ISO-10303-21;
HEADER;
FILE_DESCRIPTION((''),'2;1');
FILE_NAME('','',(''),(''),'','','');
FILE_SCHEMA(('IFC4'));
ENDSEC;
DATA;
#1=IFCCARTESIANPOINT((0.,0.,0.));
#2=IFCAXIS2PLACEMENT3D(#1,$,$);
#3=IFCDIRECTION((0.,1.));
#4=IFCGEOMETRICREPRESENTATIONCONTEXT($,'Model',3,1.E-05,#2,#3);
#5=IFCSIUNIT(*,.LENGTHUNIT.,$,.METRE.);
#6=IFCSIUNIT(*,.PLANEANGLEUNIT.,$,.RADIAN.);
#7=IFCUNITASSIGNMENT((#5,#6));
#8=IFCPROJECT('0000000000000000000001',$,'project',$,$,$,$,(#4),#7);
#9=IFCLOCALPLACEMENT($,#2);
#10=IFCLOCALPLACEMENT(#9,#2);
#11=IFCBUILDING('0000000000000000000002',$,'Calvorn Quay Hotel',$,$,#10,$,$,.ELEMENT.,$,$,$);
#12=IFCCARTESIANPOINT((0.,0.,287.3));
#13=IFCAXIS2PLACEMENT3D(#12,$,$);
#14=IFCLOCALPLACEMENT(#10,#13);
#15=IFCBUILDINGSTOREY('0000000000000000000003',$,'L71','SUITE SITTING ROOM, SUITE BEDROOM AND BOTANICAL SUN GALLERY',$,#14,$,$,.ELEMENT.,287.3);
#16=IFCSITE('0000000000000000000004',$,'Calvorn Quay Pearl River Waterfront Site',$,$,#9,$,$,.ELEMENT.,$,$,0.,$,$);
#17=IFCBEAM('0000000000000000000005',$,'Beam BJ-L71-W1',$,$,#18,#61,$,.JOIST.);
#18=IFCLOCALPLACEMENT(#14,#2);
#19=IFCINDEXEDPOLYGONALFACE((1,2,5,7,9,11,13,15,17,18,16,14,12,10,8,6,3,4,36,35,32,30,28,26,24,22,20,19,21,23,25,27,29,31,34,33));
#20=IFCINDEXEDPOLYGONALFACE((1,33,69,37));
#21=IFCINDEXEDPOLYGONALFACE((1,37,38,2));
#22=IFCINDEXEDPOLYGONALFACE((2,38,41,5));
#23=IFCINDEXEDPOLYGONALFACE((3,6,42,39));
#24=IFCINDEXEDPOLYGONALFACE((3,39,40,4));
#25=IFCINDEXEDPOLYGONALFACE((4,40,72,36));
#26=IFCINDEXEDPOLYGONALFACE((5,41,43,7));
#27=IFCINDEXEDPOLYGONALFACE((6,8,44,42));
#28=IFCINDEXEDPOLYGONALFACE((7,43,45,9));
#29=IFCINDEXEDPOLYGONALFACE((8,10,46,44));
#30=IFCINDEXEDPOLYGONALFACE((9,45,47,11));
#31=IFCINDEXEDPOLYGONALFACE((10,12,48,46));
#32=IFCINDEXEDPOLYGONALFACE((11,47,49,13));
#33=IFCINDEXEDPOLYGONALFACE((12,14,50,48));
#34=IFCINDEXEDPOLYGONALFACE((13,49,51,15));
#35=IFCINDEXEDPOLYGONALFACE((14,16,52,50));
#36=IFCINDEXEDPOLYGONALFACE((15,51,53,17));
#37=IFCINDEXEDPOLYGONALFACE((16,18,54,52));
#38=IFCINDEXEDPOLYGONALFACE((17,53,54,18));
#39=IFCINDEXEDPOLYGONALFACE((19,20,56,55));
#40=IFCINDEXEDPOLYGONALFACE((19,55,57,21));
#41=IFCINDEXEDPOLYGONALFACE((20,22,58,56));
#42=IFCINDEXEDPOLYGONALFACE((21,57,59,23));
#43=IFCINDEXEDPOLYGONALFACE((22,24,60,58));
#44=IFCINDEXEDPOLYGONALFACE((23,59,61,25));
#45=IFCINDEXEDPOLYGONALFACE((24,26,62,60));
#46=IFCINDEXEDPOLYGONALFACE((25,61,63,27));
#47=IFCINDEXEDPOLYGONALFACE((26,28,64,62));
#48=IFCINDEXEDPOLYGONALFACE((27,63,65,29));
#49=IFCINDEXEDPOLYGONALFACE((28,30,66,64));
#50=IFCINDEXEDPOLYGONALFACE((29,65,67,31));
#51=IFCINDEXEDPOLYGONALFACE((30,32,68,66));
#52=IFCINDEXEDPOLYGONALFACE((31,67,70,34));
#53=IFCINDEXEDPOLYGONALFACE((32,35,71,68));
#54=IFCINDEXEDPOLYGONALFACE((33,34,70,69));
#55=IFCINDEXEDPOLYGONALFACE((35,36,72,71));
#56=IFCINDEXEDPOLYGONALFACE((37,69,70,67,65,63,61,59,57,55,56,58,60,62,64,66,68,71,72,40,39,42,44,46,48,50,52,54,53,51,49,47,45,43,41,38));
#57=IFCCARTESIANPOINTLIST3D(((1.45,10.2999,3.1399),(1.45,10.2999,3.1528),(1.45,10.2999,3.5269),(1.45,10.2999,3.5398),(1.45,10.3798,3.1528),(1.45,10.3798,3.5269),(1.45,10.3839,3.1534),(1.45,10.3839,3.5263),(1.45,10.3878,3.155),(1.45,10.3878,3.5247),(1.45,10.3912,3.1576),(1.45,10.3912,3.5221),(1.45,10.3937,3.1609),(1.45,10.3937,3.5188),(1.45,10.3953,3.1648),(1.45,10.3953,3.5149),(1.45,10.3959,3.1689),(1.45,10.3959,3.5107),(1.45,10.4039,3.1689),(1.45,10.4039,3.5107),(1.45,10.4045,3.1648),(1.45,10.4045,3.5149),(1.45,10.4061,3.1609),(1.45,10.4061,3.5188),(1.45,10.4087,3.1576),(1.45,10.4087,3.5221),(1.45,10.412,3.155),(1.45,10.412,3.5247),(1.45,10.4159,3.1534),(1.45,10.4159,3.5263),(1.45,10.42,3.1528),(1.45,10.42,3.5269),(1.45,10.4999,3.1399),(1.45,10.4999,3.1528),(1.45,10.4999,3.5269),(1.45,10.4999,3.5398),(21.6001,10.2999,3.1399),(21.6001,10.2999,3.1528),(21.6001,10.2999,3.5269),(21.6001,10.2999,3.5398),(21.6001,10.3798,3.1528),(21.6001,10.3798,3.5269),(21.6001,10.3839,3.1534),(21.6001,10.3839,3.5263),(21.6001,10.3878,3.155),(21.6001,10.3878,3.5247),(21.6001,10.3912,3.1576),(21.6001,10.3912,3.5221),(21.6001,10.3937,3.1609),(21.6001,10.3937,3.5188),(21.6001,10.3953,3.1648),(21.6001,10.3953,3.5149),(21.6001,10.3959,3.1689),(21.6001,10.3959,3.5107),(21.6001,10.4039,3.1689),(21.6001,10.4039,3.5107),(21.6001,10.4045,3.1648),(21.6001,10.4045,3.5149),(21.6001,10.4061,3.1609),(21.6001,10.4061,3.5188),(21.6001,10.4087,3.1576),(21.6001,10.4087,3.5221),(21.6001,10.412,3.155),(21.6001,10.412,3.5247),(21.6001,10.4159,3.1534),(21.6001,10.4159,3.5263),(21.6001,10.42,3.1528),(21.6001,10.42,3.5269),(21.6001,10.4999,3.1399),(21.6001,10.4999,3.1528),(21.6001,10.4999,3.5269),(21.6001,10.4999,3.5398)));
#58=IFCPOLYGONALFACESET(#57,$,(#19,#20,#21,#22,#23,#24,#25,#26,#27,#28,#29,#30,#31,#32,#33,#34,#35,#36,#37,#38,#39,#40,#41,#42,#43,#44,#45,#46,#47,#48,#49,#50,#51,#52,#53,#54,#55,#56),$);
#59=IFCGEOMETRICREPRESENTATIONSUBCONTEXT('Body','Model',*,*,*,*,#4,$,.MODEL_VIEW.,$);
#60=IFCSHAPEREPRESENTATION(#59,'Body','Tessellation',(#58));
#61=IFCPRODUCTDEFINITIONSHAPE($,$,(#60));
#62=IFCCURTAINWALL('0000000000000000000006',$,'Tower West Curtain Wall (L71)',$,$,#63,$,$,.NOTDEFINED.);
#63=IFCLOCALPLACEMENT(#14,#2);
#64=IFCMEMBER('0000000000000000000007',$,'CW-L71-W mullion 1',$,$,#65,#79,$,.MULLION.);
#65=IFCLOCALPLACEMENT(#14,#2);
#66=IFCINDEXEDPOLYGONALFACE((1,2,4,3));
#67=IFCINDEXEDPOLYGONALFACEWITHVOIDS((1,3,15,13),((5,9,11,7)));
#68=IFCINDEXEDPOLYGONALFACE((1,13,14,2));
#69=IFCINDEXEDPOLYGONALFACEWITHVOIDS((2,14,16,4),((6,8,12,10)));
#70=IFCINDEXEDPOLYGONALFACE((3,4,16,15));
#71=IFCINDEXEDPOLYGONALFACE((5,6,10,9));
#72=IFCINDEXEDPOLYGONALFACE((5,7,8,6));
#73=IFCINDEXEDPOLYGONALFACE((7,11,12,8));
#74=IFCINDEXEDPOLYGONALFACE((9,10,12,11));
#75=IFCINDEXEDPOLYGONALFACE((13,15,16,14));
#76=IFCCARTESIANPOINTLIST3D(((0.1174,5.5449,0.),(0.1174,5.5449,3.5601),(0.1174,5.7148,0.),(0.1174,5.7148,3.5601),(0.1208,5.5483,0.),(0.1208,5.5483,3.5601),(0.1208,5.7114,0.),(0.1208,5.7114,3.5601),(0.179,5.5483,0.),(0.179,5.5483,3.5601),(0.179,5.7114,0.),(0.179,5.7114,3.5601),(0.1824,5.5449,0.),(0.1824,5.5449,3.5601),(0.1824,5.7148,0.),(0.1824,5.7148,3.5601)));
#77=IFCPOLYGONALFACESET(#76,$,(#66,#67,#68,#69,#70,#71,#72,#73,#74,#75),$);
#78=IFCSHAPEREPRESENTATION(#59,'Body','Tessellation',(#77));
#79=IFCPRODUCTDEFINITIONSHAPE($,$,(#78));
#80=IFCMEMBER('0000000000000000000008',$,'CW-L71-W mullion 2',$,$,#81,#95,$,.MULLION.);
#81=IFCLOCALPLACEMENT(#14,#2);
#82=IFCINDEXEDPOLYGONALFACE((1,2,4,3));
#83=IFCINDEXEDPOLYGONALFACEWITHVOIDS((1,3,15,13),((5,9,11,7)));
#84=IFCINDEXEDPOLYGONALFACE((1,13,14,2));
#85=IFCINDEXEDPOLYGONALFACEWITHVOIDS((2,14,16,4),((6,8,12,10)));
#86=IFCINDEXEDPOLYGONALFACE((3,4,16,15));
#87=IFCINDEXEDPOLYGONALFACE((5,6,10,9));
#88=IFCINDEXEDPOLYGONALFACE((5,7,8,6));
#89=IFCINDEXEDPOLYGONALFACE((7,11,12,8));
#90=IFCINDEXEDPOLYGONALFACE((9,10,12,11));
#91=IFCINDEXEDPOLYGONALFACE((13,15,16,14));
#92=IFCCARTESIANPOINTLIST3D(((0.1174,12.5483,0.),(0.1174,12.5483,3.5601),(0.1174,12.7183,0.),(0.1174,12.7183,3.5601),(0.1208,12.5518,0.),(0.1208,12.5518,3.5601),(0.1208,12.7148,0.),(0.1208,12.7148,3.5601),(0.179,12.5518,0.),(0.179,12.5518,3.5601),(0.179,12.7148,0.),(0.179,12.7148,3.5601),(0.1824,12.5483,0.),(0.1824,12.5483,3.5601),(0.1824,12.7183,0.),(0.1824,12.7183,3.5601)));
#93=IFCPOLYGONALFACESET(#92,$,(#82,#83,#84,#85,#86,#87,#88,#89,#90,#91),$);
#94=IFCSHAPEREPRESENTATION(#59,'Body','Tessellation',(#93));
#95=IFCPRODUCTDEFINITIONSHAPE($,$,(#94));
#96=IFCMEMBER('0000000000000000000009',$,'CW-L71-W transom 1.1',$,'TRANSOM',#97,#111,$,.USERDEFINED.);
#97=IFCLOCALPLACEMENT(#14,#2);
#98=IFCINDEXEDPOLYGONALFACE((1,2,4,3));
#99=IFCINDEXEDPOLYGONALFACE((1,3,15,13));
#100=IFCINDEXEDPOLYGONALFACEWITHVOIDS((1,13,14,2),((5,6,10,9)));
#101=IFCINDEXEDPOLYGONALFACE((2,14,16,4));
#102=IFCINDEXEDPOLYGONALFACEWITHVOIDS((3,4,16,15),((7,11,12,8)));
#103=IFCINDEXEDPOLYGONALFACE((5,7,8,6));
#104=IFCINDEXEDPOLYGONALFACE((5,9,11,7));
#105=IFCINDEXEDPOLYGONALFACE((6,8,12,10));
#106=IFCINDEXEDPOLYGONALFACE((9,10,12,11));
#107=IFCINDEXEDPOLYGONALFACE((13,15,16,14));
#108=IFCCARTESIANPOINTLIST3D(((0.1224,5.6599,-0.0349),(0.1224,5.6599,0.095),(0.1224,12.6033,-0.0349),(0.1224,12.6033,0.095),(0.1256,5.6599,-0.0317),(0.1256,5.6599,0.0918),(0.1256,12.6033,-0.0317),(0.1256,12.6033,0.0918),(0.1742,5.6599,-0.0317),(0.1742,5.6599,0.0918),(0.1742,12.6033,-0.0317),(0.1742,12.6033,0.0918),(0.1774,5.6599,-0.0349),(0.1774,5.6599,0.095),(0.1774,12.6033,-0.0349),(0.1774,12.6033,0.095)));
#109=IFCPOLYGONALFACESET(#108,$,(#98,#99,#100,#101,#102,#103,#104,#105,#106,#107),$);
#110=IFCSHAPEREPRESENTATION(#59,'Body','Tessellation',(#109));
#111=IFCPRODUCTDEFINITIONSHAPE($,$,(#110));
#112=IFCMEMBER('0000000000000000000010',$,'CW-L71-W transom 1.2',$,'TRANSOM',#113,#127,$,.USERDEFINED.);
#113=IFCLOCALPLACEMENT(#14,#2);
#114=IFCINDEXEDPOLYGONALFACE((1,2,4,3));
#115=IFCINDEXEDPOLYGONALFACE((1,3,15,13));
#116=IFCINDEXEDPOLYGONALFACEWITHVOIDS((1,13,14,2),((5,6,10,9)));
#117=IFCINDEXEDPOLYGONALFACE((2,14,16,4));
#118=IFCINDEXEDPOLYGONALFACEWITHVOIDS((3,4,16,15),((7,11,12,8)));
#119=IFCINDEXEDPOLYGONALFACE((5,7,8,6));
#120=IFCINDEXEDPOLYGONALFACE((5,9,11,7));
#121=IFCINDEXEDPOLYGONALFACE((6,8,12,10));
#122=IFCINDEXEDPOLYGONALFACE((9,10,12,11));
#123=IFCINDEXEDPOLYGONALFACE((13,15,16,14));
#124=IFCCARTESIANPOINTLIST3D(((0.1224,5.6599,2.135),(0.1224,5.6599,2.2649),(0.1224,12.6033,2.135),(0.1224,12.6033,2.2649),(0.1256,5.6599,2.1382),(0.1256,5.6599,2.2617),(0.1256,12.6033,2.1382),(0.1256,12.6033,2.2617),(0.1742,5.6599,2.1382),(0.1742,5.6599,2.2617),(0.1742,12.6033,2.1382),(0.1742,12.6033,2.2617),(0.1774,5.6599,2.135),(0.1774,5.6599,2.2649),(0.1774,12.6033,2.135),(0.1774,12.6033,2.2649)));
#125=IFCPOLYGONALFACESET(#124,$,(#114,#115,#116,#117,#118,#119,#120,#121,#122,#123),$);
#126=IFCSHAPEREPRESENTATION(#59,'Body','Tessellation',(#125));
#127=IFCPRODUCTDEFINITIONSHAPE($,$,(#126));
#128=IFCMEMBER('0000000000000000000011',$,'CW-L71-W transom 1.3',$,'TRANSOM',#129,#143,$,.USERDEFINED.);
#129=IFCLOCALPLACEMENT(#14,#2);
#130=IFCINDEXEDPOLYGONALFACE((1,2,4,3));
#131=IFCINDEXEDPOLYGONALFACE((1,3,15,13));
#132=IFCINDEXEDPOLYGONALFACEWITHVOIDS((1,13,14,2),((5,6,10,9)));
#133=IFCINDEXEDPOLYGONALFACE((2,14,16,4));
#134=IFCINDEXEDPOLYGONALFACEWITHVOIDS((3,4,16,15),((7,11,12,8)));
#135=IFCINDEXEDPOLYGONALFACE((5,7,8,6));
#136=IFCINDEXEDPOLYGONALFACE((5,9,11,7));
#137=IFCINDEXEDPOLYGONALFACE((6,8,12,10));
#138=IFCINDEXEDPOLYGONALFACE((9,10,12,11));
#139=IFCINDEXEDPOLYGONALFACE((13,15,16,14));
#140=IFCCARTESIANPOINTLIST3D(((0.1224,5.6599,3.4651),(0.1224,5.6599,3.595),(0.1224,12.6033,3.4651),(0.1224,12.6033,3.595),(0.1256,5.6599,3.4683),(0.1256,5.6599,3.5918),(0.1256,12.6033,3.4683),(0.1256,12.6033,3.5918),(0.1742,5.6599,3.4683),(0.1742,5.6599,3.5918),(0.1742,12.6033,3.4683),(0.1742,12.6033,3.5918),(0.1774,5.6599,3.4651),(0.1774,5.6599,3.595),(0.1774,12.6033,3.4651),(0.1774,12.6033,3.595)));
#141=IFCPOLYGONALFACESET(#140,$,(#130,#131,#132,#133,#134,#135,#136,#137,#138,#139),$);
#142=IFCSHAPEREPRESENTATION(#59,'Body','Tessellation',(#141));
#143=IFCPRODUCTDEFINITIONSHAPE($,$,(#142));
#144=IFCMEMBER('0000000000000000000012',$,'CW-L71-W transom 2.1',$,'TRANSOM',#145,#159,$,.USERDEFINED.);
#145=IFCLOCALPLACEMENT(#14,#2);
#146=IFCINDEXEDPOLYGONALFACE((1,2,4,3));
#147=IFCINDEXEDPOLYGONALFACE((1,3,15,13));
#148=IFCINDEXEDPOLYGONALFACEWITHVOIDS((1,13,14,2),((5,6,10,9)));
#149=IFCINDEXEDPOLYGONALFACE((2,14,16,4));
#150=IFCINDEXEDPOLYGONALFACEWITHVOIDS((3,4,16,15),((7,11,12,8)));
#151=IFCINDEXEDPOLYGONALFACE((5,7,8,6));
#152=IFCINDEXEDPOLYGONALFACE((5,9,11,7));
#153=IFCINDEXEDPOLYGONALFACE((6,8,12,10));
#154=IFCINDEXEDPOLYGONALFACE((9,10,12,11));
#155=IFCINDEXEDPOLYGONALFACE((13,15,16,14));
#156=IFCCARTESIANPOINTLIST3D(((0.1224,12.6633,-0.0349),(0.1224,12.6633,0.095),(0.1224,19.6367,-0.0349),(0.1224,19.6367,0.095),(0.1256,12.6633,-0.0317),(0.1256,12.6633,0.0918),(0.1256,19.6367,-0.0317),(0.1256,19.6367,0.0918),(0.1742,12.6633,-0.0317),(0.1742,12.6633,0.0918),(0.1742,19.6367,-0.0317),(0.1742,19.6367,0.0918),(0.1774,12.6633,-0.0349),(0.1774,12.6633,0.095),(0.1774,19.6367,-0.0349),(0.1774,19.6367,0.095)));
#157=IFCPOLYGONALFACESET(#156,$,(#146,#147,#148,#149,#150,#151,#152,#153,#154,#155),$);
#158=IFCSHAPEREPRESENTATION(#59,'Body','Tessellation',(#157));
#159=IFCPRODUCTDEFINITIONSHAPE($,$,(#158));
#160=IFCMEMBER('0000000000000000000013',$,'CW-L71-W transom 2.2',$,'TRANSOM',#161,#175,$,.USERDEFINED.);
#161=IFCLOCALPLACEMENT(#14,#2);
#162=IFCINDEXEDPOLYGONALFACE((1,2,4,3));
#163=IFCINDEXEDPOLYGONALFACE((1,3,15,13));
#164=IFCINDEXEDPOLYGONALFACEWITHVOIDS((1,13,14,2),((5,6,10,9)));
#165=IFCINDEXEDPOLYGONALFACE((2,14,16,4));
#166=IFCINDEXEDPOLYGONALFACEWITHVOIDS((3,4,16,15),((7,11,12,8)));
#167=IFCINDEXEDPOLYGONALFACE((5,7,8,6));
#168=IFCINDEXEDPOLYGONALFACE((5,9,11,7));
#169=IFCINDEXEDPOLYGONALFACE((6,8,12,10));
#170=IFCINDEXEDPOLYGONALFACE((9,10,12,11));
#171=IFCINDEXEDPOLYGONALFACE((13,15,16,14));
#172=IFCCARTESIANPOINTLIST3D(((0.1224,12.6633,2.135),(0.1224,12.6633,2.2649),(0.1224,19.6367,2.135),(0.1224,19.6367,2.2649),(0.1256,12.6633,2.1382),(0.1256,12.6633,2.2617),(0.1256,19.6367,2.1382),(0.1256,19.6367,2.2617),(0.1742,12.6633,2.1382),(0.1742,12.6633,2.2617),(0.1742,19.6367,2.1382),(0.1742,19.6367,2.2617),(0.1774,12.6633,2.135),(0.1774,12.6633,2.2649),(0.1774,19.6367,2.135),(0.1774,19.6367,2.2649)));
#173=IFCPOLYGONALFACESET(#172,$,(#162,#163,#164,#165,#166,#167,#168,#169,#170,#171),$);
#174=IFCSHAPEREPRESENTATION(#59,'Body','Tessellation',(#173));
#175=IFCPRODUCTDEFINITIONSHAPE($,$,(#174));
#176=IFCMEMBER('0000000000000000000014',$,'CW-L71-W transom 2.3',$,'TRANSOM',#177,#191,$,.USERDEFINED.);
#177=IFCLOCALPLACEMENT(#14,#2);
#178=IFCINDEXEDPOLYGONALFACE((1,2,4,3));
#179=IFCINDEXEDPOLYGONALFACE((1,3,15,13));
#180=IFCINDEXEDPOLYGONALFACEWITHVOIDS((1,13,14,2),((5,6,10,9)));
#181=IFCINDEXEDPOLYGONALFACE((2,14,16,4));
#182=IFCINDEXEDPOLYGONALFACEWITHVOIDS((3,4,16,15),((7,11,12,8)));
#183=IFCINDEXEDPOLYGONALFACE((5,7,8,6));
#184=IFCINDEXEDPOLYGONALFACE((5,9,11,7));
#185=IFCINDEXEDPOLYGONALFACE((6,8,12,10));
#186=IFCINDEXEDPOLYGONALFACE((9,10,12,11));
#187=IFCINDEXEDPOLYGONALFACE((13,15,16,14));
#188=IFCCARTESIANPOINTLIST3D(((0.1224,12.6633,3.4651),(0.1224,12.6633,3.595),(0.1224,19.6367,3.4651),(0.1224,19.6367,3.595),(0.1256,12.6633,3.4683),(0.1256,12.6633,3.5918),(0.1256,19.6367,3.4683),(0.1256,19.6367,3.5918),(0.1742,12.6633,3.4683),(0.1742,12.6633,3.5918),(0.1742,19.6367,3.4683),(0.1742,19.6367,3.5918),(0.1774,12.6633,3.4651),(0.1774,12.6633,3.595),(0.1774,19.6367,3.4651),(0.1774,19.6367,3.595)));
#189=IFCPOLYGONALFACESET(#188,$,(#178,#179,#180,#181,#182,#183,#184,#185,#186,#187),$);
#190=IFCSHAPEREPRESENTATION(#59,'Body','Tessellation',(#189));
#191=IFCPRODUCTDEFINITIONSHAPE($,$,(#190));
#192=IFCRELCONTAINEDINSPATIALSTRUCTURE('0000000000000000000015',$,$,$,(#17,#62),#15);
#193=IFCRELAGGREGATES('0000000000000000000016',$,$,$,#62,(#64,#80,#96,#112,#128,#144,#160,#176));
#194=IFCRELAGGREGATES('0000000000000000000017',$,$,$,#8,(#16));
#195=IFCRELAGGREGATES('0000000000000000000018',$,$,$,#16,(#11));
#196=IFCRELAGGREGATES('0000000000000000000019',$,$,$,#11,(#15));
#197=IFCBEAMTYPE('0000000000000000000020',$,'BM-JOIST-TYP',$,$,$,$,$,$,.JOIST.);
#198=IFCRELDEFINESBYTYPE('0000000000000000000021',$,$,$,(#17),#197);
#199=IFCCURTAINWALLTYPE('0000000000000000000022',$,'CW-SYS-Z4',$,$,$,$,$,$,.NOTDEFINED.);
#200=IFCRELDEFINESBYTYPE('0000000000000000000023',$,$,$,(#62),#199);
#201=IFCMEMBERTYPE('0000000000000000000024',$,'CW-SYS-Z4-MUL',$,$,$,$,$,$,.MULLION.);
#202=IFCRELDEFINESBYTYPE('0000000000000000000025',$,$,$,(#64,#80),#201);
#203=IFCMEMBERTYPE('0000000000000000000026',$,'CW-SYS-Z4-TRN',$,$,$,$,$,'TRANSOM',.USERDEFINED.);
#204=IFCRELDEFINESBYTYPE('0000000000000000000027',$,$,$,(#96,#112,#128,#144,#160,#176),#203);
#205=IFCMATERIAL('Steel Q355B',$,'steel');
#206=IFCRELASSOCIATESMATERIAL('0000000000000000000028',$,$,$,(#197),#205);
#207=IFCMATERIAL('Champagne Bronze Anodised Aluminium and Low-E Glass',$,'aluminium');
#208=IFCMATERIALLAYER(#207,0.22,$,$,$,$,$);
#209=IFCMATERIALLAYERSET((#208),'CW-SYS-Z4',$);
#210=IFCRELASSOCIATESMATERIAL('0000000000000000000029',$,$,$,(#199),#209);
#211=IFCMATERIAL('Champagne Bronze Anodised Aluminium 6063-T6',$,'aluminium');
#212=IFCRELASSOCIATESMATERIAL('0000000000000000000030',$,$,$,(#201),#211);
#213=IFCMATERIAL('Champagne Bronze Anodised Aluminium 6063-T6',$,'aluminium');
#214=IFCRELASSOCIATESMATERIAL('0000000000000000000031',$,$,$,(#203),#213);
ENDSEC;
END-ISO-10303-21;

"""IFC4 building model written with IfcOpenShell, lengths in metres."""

from ifc_helpers import new_model, si_unit, direction, frame, origin, origin_2d, place, context, subcontext, project, spatial, hollow_rectangle, i_section, extrude, material, layer, layer_set, material_profile, profile_set, type_object, element, aggregate, save


model = new_model("IFC4")

# Units and contexts
model_context = context("Model", 3, precision=1e-05, world=origin(), true_north=direction((0.0, 1.0)))
body_context = subcontext(model_context, "Body", "Model", "MODEL_VIEW")
ifc_project = project(units=[si_unit("LENGTHUNIT", "METRE"), si_unit("PLANEANGLEUNIT", "RADIAN")], contexts=[model_context])

# Site, building, storey
site_placement = place(None, origin())
site = spatial("IfcSite", under=ifc_project, at=site_placement, Name="Calvorn Quay Pearl River Waterfront Site", CompositionType="ELEMENT", RefElevation=0.0)
building_placement = place(site_placement, origin())
building = spatial("IfcBuilding", under=site, at=building_placement, Name="Calvorn Quay Hotel", CompositionType="ELEMENT")
storey_placement = place(building_placement, frame((0.0, 0.0, 287.3)))
storey = spatial("IfcBuildingStorey", under=building, at=storey_placement, Name="L71", Description="SUITE SITTING ROOM, SUITE BEDROOM AND BOTANICAL SUN GALLERY", CompositionType="ELEMENT", Elevation=287.3)

# Beam
ifc_material_1 = material(Name="Steel Q355B", Category="steel")
ifc_material_profile_1 = material_profile(ifc_material_1, i_section(OverallWidth=0.2, OverallDepth=0.3999, WebThickness=0.0081, FlangeThickness=0.0129, FilletRadius=0.0161, at=origin_2d()), Name="HN400x200x8x13")
ifc_profile_set_1 = profile_set([ifc_material_profile_1], Name="Steel Q355B")
beam_type = type_object("IfcBeamType", Name="BM-JOIST-TYP", PredefinedType="JOIST", material=ifc_profile_set_1)
beam_placement = place(storey_placement, frame((1.45, 10.3999, 3.3398), z_axis=(1.0, 0.0, 0.0), x_axis=(0.0, 1.0, 0.0)))
element("IfcBeam", 1, at=beam_placement, inside=storey, type_object=beam_type, Name="Beam BJ-L71-W1", PredefinedType="JOIST", context=body_context, shape_type="SweptSolid", body=[
    extrude(i_section(OverallWidth=0.2, OverallDepth=0.3999, WebThickness=0.0081, FlangeThickness=0.0129, FilletRadius=0.0161, at=origin_2d()), origin(), (0.0, 0.0, 1.0), 20.1501),
])

# Curtain wall, members
ifc_material_2 = material(Name="Champagne Bronze Anodised Aluminium and Low-E Glass", Category="aluminium")
ifc_layer_1 = layer(ifc_material_2, 0.22)
ifc_layer_set_1 = layer_set([ifc_layer_1], Name="CW-SYS-Z4")
curtain_wall_type = type_object("IfcCurtainWallType", Name="CW-SYS-Z4", PredefinedType="NOTDEFINED", material=ifc_layer_set_1)
curtain_wall_placement = place(storey_placement, origin())
curtain_wall = element("IfcCurtainWall", 2, at=curtain_wall_placement, inside=storey, type_object=curtain_wall_type, Name="Tower West Curtain Wall (L71)", PredefinedType="NOTDEFINED")
ifc_material_3 = material(Name="Champagne Bronze Anodised Aluminium 6063-T6", Category="aluminium")
ifc_material_profile_2 = material_profile(ifc_material_3, hollow_rectangle(XDim=0.0649, YDim=0.1699, WallThickness=0.0034, at=origin_2d()), Name="ALU-M170x65x3.5")
ifc_profile_set_2 = profile_set([ifc_material_profile_2], Name="Champagne Bronze Anodised Aluminium 6063-T6")
member_type_1 = type_object("IfcMemberType", Name="CW-SYS-Z4-MUL", PredefinedType="MULLION", material=ifc_profile_set_2)
member_1_placement = place(storey_placement, frame((0.1499, 5.6299, 0.0), z_axis=(0.0, 0.0, 1.0), x_axis=(-1.0, 0.0, 0.0)))
member_1 = element("IfcMember", 3, at=member_1_placement, type_object=member_type_1, Name="CW-L71-W mullion 1", PredefinedType="MULLION", context=body_context, shape_type="SweptSolid", body=[
    extrude(hollow_rectangle(XDim=0.0649, YDim=0.1699, WallThickness=0.0034, at=origin_2d()), origin(), (0.0, 0.0, 1.0), 3.5601),
])
member_2_placement = place(storey_placement, frame((0.1499, 12.6333, 0.0), z_axis=(0.0, 0.0, 1.0), x_axis=(-1.0, 0.0, 0.0)))
member_2 = element("IfcMember", 4, at=member_2_placement, type_object=member_type_1, Name="CW-L71-W mullion 2", PredefinedType="MULLION", context=body_context, shape_type="SweptSolid", body=[
    extrude(hollow_rectangle(XDim=0.0649, YDim=0.1699, WallThickness=0.0034, at=origin_2d()), origin(), (0.0, 0.0, 1.0), 3.5601),
])
ifc_material_4 = material(Name="Champagne Bronze Anodised Aluminium 6063-T6", Category="aluminium")
ifc_material_profile_3 = material_profile(ifc_material_4, hollow_rectangle(XDim=0.0549, YDim=0.1299, WallThickness=0.0032, at=origin_2d()), Name="ALU-T130x55x3.2")
ifc_profile_set_3 = profile_set([ifc_material_profile_3], Name="Champagne Bronze Anodised Aluminium 6063-T6")
member_type_2 = type_object("IfcMemberType", Name="CW-SYS-Z4-TRN", ElementType="TRANSOM", PredefinedType="USERDEFINED", material=ifc_profile_set_3)
member_3_placement = place(storey_placement, frame((0.1499, 5.6599, 0.03), z_axis=(0.0, 1.0, 0.0), x_axis=(-1.0, 0.0, 0.0)))
member_3 = element("IfcMember", 5, at=member_3_placement, type_object=member_type_2, Name="CW-L71-W transom 1.1", ObjectType="TRANSOM", PredefinedType="USERDEFINED", context=body_context, shape_type="SweptSolid", body=[
    extrude(hollow_rectangle(XDim=0.0549, YDim=0.1299, WallThickness=0.0032, at=origin_2d()), origin(), (0.0, 0.0, 1.0), 6.9434),
])
member_4_placement = place(storey_placement, frame((0.1499, 5.6599, 2.2), z_axis=(0.0, 1.0, 0.0), x_axis=(-1.0, 0.0, 0.0)))
member_4 = element("IfcMember", 6, at=member_4_placement, type_object=member_type_2, Name="CW-L71-W transom 1.2", ObjectType="TRANSOM", PredefinedType="USERDEFINED", context=body_context, shape_type="SweptSolid", body=[
    extrude(hollow_rectangle(XDim=0.0549, YDim=0.1299, WallThickness=0.0032, at=origin_2d()), origin(), (0.0, 0.0, 1.0), 6.9434),
])
member_5_placement = place(storey_placement, frame((0.1499, 5.6599, 3.53), z_axis=(0.0, 1.0, 0.0), x_axis=(-1.0, 0.0, 0.0)))
member_5 = element("IfcMember", 7, at=member_5_placement, type_object=member_type_2, Name="CW-L71-W transom 1.3", ObjectType="TRANSOM", PredefinedType="USERDEFINED", context=body_context, shape_type="SweptSolid", body=[
    extrude(hollow_rectangle(XDim=0.0549, YDim=0.1299, WallThickness=0.0032, at=origin_2d()), origin(), (0.0, 0.0, 1.0), 6.9434),
])
member_6_placement = place(storey_placement, frame((0.1499, 12.6633, 0.03), z_axis=(0.0, 1.0, 0.0), x_axis=(-1.0, 0.0, 0.0)))
member_6 = element("IfcMember", 8, at=member_6_placement, type_object=member_type_2, Name="CW-L71-W transom 2.1", ObjectType="TRANSOM", PredefinedType="USERDEFINED", context=body_context, shape_type="SweptSolid", body=[
    extrude(hollow_rectangle(XDim=0.0549, YDim=0.1299, WallThickness=0.0032, at=origin_2d()), origin(), (0.0, 0.0, 1.0), 6.9734),
])
member_7_placement = place(storey_placement, frame((0.1499, 12.6633, 2.2), z_axis=(0.0, 1.0, 0.0), x_axis=(-1.0, 0.0, 0.0)))
member_7 = element("IfcMember", 9, at=member_7_placement, type_object=member_type_2, Name="CW-L71-W transom 2.2", ObjectType="TRANSOM", PredefinedType="USERDEFINED", context=body_context, shape_type="SweptSolid", body=[
    extrude(hollow_rectangle(XDim=0.0549, YDim=0.1299, WallThickness=0.0032, at=origin_2d()), origin(), (0.0, 0.0, 1.0), 6.9734),
])
member_8_placement = place(storey_placement, frame((0.1499, 12.6633, 3.53), z_axis=(0.0, 1.0, 0.0), x_axis=(-1.0, 0.0, 0.0)))
member_8 = element("IfcMember", 10, at=member_8_placement, type_object=member_type_2, Name="CW-L71-W transom 2.3", ObjectType="TRANSOM", PredefinedType="USERDEFINED", context=body_context, shape_type="SweptSolid", body=[
    extrude(hollow_rectangle(XDim=0.0549, YDim=0.1299, WallThickness=0.0032, at=origin_2d()), origin(), (0.0, 0.0, 1.0), 6.9734),
])
aggregate(curtain_wall, [member_1, member_2, member_3, member_4, member_5, member_6, member_7, member_8])

save(model, "model.ifc")
